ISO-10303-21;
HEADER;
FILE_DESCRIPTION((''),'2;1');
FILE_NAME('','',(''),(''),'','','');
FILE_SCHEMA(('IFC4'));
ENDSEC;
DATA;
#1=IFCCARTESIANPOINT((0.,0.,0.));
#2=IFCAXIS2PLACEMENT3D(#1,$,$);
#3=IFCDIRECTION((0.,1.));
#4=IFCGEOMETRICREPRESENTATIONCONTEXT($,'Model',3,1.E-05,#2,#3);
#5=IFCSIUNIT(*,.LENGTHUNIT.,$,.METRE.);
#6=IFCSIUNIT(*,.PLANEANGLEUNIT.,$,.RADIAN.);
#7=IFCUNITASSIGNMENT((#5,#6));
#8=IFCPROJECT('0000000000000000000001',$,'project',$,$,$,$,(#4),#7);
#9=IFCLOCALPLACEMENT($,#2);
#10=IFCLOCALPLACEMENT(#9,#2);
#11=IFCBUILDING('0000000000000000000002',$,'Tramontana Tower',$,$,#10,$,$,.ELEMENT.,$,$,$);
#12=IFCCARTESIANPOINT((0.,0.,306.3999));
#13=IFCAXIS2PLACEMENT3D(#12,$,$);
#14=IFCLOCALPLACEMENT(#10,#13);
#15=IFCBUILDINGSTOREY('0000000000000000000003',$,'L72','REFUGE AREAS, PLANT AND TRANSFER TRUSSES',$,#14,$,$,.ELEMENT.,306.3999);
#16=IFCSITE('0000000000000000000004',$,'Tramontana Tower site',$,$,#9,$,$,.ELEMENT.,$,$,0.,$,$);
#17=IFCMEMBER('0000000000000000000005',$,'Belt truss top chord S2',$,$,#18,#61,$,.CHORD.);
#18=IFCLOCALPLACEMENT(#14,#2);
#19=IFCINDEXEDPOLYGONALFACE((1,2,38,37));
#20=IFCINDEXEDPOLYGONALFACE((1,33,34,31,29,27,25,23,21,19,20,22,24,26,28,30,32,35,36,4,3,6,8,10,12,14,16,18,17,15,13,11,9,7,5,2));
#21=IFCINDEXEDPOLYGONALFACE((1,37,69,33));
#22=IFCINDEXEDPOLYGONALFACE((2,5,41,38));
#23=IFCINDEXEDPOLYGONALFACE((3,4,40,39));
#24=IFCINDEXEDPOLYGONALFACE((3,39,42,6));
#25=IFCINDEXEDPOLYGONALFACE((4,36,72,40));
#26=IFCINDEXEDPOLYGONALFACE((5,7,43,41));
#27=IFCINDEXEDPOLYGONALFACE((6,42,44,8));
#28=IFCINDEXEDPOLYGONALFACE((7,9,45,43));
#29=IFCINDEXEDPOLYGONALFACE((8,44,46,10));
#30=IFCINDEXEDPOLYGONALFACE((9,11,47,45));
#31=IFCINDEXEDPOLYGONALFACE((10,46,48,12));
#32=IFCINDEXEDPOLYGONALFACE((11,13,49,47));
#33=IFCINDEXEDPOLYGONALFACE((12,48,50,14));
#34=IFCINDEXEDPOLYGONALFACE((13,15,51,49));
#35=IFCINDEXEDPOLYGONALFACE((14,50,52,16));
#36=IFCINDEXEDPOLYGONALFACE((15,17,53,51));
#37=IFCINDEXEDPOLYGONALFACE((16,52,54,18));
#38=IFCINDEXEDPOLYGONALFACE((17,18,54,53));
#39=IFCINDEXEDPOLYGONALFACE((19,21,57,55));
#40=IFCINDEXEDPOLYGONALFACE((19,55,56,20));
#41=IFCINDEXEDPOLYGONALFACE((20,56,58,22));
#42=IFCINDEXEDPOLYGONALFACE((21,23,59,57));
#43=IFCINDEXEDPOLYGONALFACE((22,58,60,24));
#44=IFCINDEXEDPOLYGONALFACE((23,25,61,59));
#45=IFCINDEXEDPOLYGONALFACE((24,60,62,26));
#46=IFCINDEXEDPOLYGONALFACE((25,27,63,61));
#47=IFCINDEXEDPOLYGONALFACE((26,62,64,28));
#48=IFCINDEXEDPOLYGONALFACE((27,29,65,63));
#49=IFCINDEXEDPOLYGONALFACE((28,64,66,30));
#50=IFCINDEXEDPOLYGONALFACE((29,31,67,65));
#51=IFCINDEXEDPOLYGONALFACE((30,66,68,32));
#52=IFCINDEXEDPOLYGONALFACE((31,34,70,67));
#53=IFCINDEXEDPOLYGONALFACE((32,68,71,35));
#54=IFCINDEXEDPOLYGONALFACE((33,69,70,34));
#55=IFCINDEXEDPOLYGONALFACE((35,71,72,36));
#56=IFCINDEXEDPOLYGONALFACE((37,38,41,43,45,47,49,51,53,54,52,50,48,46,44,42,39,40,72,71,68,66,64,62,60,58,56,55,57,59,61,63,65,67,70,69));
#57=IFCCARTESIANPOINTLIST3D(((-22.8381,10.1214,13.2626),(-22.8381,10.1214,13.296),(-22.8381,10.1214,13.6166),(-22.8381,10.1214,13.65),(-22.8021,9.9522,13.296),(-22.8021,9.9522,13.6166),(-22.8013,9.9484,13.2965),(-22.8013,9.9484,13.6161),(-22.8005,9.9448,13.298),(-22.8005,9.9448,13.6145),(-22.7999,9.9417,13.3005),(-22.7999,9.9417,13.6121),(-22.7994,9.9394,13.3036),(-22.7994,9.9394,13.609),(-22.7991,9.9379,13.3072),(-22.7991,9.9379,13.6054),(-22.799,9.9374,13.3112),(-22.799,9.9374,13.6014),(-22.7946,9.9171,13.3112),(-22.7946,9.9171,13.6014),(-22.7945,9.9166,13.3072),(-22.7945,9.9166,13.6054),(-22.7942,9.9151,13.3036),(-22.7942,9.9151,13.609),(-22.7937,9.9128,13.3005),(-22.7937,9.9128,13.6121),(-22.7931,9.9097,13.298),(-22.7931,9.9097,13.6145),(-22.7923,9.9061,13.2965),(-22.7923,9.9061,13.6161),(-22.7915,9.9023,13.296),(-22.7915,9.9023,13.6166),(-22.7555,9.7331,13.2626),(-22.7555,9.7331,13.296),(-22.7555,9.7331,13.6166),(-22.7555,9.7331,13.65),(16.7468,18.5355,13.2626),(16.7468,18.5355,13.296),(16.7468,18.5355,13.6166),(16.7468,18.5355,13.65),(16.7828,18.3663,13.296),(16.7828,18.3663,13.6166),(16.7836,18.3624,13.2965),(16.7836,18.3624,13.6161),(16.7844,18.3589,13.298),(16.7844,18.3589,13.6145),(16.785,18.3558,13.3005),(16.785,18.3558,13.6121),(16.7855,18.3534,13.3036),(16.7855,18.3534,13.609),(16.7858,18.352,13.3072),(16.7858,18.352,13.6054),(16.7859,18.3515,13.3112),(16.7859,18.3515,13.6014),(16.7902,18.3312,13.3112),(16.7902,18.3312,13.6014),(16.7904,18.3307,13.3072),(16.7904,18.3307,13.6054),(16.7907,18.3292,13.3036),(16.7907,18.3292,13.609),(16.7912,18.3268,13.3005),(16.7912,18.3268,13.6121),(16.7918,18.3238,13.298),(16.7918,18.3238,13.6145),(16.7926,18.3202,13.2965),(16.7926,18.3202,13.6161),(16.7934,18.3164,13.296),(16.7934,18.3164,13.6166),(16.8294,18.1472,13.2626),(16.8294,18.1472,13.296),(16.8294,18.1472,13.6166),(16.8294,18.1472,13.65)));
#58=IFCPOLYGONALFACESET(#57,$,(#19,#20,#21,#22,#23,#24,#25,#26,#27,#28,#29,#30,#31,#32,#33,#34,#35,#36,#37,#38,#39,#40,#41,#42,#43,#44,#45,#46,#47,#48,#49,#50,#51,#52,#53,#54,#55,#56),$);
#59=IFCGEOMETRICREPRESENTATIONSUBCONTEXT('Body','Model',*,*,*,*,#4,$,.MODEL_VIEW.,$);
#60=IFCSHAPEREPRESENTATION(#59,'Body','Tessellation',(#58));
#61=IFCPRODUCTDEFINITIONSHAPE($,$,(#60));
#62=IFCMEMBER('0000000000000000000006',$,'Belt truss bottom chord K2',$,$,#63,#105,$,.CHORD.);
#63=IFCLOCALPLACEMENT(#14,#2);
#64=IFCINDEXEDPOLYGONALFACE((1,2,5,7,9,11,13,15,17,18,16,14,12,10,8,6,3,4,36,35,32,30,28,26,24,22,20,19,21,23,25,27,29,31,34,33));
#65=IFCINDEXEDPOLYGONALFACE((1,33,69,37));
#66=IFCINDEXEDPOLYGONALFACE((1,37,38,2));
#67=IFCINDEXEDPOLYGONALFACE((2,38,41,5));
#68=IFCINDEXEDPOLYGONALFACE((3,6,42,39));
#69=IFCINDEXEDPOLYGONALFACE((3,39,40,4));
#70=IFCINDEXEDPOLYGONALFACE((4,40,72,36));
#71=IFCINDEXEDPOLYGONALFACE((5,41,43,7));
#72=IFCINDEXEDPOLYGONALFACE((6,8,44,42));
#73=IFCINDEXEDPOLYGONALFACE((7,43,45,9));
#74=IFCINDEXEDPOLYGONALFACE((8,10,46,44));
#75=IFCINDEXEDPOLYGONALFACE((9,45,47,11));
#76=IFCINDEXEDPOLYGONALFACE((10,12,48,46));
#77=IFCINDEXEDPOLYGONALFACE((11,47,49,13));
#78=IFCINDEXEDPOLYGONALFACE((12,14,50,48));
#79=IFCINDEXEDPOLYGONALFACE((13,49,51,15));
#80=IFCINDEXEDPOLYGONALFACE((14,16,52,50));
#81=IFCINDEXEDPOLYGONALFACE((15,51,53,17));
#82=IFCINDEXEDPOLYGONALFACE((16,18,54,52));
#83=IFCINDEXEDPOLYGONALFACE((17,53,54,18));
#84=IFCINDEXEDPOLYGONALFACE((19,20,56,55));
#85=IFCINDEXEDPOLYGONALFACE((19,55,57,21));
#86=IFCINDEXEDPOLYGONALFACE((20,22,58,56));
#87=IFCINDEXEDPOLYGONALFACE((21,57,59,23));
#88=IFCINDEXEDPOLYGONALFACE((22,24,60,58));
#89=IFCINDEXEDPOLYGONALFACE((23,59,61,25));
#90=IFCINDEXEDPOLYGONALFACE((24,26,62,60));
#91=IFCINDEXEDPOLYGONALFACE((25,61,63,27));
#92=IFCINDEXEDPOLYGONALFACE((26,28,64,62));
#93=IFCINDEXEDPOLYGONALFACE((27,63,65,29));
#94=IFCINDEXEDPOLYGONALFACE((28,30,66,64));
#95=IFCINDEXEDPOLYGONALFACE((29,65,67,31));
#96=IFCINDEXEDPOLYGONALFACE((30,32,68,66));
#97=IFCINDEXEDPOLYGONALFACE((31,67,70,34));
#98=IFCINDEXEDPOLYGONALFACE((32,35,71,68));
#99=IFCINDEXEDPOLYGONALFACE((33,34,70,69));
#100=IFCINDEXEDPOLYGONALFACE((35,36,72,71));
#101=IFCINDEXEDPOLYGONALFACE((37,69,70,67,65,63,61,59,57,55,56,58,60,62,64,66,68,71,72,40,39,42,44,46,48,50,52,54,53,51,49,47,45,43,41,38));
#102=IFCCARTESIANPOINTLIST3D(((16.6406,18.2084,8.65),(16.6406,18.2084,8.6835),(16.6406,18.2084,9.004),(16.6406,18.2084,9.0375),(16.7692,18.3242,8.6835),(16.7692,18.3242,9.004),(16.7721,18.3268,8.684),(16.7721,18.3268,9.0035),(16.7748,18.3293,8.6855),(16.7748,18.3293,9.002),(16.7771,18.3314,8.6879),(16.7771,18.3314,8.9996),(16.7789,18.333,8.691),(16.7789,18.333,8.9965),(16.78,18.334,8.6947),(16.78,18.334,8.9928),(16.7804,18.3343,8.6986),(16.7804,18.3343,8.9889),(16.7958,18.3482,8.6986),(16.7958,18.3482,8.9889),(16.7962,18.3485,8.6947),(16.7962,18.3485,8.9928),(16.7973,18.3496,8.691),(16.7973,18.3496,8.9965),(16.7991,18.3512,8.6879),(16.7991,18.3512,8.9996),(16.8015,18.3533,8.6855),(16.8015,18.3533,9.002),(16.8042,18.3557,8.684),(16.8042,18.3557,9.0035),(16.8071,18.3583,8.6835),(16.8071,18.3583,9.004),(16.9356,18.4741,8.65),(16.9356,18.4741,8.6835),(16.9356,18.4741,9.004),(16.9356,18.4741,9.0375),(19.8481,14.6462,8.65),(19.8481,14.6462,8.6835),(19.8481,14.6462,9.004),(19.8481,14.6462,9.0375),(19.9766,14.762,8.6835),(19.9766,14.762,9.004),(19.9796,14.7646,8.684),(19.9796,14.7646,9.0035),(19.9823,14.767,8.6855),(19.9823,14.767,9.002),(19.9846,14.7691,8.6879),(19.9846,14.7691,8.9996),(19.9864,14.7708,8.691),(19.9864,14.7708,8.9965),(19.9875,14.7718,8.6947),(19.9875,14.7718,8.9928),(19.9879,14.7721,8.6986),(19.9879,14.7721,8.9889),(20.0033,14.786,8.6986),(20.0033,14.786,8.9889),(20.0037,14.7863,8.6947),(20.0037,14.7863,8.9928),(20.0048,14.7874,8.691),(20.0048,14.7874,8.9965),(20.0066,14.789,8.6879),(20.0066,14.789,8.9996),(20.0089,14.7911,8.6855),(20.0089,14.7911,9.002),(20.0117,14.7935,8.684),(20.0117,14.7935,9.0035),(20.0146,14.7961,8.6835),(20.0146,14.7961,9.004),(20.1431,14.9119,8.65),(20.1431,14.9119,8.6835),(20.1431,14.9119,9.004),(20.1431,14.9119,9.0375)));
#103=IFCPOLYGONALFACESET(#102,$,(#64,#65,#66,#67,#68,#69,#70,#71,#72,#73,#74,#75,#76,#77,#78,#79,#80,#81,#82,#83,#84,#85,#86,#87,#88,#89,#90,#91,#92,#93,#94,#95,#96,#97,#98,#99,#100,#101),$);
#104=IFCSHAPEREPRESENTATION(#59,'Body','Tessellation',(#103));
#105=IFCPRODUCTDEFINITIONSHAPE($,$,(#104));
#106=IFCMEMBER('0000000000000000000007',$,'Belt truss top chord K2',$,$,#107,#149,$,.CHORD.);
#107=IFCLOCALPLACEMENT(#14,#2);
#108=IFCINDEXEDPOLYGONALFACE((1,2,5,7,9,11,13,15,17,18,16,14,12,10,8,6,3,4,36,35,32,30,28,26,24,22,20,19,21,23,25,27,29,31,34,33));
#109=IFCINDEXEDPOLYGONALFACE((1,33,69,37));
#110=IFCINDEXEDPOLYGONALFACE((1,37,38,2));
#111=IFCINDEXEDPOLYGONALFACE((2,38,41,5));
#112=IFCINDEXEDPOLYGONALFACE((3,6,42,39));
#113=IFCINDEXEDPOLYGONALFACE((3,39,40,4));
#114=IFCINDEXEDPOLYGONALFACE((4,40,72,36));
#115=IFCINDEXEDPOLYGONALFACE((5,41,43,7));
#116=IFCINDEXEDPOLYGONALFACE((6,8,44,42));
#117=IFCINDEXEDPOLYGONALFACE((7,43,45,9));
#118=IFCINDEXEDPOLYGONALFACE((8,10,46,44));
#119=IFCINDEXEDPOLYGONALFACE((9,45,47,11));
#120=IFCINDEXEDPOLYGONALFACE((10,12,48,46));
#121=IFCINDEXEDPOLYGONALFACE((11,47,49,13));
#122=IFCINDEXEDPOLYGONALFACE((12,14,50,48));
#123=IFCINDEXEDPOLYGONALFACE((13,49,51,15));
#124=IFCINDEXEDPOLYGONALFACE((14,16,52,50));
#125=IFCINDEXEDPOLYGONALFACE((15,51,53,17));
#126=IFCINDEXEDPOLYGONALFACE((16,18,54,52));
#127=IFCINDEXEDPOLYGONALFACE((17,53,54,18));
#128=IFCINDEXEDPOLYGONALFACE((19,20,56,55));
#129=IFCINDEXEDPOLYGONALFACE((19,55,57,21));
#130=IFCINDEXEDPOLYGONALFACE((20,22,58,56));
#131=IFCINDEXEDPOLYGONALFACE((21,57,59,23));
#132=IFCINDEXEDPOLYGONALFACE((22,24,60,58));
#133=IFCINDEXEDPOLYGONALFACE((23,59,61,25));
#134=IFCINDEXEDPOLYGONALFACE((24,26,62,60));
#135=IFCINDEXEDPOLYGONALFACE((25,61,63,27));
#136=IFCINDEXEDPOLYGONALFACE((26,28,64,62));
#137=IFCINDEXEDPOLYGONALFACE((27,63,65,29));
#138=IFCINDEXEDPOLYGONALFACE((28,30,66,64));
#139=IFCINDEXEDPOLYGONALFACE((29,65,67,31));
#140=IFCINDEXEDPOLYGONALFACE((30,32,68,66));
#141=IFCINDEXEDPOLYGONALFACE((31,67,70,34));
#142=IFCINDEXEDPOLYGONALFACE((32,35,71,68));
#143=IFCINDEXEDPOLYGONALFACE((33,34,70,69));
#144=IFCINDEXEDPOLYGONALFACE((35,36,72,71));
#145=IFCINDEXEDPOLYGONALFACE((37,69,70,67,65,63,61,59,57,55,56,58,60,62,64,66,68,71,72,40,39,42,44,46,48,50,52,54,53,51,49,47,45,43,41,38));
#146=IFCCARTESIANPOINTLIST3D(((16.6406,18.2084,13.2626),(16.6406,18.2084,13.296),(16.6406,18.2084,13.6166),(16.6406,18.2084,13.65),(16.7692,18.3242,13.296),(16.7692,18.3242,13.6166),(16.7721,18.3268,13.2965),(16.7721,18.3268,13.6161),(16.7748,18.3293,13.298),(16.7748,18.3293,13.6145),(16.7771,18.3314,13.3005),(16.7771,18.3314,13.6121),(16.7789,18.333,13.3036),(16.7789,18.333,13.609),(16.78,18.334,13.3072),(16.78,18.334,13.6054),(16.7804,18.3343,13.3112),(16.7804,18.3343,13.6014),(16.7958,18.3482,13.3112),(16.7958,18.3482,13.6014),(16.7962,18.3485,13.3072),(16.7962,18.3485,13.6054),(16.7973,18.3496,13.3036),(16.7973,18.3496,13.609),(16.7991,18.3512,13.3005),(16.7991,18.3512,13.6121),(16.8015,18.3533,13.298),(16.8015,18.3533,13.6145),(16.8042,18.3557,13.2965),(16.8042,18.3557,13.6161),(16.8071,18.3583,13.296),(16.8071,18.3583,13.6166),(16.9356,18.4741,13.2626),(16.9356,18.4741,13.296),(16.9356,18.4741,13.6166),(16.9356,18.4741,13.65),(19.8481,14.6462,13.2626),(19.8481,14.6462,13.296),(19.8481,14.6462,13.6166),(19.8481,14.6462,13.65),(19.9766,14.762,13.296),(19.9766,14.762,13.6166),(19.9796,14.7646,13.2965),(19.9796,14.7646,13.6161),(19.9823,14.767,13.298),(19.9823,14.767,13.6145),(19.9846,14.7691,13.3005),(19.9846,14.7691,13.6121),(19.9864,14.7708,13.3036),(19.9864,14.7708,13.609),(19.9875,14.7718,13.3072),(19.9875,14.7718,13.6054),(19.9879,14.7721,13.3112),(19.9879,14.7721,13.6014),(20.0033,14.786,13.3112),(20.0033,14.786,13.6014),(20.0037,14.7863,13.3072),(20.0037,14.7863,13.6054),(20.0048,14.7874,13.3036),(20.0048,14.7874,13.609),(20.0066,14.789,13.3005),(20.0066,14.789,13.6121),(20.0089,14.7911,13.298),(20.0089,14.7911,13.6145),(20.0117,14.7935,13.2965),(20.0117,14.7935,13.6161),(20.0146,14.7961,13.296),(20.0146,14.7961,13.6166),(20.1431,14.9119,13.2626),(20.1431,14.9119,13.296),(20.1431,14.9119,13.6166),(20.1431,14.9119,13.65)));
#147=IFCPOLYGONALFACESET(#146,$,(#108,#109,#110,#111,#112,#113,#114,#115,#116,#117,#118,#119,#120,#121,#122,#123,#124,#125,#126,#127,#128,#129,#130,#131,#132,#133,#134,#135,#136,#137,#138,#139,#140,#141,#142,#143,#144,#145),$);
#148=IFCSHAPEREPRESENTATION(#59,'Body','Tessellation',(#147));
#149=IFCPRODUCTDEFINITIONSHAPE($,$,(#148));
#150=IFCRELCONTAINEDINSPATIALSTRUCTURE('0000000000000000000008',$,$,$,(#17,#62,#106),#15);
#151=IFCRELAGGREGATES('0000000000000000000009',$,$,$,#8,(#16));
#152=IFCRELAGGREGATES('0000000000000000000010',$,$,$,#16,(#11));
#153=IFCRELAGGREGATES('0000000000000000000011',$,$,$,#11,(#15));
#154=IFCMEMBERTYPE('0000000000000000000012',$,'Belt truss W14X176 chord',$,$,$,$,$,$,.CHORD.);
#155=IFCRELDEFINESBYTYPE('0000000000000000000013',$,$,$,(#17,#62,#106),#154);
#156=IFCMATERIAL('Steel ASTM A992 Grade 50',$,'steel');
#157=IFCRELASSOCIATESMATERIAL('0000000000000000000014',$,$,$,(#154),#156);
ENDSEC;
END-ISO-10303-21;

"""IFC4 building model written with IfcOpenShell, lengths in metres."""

from ifc_helpers import new_model, si_unit, direction, frame, origin, origin_2d, place, context, subcontext, project, spatial, i_section, extrude, material, material_profile, profile_set, type_object, element, save


model = new_model("IFC4")

# Units and contexts
model_context = context("Model", 3, precision=1e-05, world=origin(), true_north=direction((0.0, 1.0)))
body_context = subcontext(model_context, "Body", "Model", "MODEL_VIEW")
ifc_project = project(units=[si_unit("LENGTHUNIT", "METRE"), si_unit("PLANEANGLEUNIT", "RADIAN")], contexts=[model_context])

# Site, building, storey
site_placement = place(None, origin())
site = spatial("IfcSite", under=ifc_project, at=site_placement, Name="Tramontana Tower site", CompositionType="ELEMENT", RefElevation=0.0)
building_placement = place(site_placement, origin())
building = spatial("IfcBuilding", under=site, at=building_placement, Name="Tramontana Tower", CompositionType="ELEMENT")
storey_placement = place(building_placement, frame((0.0, 0.0, 306.3999)))
storey = spatial("IfcBuildingStorey", under=building, at=storey_placement, Name="L72", Description="REFUGE AREAS, PLANT AND TRANSFER TRUSSES", CompositionType="ELEMENT", Elevation=306.3999)

# Members
ifc_material_1 = material(Name="Steel ASTM A992 Grade 50", Category="steel")
ifc_material_profile_1 = material_profile(ifc_material_1, i_section(OverallWidth=0.397, OverallDepth=0.3875, WebThickness=0.0208, FlangeThickness=0.0334, FilletRadius=0.0151, at=origin_2d()), Name="W14X176")
ifc_profile_set_1 = profile_set([ifc_material_profile_1], Name="Steel ASTM A992 Grade 50")
member_type_1 = type_object("IfcMemberType", Name="Belt truss W14X176 chord", PredefinedType="CHORD", material=ifc_profile_set_1)
for number, where, z_axis, x_axis, name in (
    (1, (16.7881, 18.3413, 13.4563), (-0.978148, -0.207912, 0.0), (0.207912, -0.978148, 0.0), "Belt truss top chord S2"),
):
    element("IfcMember", number, at=place(storey_placement, frame(where, z_axis=z_axis, x_axis=x_axis)), inside=storey, type_object=member_type_1, Name=name, PredefinedType="CHORD", context=body_context, shape_type="SweptSolid", body=[
        extrude(i_section(OverallWidth=0.397, OverallDepth=0.3875, WebThickness=0.0208, FlangeThickness=0.0334, FilletRadius=0.0151, at=origin_2d()), origin(), (0.0, 0.0, 1.0), 40.4692),
    ])
for number, where, z_axis, x_axis, name in (
    (2, (19.9956, 14.7791, 8.8438), (-0.669136, 0.74314, 0.0), (-0.74314, -0.669136, 0.0), "Belt truss bottom chord K2"),
    (3, (19.9956, 14.7791, 13.4563), (-0.669136, 0.74314, 0.0), (-0.74314, -0.669136, 0.0), "Belt truss top chord K2"),
):
    element("IfcMember", number, at=place(storey_placement, frame(where, z_axis=z_axis, x_axis=x_axis)), inside=storey, type_object=member_type_1, Name=name, PredefinedType="CHORD", context=body_context, shape_type="SweptSolid", body=[
        extrude(i_section(OverallWidth=0.397, OverallDepth=0.3875, WebThickness=0.0208, FlangeThickness=0.0334, FilletRadius=0.0151, at=origin_2d()), origin(), (0.0, 0.0, 1.0), 4.7935),
    ])

save(model, "model.ifc")
